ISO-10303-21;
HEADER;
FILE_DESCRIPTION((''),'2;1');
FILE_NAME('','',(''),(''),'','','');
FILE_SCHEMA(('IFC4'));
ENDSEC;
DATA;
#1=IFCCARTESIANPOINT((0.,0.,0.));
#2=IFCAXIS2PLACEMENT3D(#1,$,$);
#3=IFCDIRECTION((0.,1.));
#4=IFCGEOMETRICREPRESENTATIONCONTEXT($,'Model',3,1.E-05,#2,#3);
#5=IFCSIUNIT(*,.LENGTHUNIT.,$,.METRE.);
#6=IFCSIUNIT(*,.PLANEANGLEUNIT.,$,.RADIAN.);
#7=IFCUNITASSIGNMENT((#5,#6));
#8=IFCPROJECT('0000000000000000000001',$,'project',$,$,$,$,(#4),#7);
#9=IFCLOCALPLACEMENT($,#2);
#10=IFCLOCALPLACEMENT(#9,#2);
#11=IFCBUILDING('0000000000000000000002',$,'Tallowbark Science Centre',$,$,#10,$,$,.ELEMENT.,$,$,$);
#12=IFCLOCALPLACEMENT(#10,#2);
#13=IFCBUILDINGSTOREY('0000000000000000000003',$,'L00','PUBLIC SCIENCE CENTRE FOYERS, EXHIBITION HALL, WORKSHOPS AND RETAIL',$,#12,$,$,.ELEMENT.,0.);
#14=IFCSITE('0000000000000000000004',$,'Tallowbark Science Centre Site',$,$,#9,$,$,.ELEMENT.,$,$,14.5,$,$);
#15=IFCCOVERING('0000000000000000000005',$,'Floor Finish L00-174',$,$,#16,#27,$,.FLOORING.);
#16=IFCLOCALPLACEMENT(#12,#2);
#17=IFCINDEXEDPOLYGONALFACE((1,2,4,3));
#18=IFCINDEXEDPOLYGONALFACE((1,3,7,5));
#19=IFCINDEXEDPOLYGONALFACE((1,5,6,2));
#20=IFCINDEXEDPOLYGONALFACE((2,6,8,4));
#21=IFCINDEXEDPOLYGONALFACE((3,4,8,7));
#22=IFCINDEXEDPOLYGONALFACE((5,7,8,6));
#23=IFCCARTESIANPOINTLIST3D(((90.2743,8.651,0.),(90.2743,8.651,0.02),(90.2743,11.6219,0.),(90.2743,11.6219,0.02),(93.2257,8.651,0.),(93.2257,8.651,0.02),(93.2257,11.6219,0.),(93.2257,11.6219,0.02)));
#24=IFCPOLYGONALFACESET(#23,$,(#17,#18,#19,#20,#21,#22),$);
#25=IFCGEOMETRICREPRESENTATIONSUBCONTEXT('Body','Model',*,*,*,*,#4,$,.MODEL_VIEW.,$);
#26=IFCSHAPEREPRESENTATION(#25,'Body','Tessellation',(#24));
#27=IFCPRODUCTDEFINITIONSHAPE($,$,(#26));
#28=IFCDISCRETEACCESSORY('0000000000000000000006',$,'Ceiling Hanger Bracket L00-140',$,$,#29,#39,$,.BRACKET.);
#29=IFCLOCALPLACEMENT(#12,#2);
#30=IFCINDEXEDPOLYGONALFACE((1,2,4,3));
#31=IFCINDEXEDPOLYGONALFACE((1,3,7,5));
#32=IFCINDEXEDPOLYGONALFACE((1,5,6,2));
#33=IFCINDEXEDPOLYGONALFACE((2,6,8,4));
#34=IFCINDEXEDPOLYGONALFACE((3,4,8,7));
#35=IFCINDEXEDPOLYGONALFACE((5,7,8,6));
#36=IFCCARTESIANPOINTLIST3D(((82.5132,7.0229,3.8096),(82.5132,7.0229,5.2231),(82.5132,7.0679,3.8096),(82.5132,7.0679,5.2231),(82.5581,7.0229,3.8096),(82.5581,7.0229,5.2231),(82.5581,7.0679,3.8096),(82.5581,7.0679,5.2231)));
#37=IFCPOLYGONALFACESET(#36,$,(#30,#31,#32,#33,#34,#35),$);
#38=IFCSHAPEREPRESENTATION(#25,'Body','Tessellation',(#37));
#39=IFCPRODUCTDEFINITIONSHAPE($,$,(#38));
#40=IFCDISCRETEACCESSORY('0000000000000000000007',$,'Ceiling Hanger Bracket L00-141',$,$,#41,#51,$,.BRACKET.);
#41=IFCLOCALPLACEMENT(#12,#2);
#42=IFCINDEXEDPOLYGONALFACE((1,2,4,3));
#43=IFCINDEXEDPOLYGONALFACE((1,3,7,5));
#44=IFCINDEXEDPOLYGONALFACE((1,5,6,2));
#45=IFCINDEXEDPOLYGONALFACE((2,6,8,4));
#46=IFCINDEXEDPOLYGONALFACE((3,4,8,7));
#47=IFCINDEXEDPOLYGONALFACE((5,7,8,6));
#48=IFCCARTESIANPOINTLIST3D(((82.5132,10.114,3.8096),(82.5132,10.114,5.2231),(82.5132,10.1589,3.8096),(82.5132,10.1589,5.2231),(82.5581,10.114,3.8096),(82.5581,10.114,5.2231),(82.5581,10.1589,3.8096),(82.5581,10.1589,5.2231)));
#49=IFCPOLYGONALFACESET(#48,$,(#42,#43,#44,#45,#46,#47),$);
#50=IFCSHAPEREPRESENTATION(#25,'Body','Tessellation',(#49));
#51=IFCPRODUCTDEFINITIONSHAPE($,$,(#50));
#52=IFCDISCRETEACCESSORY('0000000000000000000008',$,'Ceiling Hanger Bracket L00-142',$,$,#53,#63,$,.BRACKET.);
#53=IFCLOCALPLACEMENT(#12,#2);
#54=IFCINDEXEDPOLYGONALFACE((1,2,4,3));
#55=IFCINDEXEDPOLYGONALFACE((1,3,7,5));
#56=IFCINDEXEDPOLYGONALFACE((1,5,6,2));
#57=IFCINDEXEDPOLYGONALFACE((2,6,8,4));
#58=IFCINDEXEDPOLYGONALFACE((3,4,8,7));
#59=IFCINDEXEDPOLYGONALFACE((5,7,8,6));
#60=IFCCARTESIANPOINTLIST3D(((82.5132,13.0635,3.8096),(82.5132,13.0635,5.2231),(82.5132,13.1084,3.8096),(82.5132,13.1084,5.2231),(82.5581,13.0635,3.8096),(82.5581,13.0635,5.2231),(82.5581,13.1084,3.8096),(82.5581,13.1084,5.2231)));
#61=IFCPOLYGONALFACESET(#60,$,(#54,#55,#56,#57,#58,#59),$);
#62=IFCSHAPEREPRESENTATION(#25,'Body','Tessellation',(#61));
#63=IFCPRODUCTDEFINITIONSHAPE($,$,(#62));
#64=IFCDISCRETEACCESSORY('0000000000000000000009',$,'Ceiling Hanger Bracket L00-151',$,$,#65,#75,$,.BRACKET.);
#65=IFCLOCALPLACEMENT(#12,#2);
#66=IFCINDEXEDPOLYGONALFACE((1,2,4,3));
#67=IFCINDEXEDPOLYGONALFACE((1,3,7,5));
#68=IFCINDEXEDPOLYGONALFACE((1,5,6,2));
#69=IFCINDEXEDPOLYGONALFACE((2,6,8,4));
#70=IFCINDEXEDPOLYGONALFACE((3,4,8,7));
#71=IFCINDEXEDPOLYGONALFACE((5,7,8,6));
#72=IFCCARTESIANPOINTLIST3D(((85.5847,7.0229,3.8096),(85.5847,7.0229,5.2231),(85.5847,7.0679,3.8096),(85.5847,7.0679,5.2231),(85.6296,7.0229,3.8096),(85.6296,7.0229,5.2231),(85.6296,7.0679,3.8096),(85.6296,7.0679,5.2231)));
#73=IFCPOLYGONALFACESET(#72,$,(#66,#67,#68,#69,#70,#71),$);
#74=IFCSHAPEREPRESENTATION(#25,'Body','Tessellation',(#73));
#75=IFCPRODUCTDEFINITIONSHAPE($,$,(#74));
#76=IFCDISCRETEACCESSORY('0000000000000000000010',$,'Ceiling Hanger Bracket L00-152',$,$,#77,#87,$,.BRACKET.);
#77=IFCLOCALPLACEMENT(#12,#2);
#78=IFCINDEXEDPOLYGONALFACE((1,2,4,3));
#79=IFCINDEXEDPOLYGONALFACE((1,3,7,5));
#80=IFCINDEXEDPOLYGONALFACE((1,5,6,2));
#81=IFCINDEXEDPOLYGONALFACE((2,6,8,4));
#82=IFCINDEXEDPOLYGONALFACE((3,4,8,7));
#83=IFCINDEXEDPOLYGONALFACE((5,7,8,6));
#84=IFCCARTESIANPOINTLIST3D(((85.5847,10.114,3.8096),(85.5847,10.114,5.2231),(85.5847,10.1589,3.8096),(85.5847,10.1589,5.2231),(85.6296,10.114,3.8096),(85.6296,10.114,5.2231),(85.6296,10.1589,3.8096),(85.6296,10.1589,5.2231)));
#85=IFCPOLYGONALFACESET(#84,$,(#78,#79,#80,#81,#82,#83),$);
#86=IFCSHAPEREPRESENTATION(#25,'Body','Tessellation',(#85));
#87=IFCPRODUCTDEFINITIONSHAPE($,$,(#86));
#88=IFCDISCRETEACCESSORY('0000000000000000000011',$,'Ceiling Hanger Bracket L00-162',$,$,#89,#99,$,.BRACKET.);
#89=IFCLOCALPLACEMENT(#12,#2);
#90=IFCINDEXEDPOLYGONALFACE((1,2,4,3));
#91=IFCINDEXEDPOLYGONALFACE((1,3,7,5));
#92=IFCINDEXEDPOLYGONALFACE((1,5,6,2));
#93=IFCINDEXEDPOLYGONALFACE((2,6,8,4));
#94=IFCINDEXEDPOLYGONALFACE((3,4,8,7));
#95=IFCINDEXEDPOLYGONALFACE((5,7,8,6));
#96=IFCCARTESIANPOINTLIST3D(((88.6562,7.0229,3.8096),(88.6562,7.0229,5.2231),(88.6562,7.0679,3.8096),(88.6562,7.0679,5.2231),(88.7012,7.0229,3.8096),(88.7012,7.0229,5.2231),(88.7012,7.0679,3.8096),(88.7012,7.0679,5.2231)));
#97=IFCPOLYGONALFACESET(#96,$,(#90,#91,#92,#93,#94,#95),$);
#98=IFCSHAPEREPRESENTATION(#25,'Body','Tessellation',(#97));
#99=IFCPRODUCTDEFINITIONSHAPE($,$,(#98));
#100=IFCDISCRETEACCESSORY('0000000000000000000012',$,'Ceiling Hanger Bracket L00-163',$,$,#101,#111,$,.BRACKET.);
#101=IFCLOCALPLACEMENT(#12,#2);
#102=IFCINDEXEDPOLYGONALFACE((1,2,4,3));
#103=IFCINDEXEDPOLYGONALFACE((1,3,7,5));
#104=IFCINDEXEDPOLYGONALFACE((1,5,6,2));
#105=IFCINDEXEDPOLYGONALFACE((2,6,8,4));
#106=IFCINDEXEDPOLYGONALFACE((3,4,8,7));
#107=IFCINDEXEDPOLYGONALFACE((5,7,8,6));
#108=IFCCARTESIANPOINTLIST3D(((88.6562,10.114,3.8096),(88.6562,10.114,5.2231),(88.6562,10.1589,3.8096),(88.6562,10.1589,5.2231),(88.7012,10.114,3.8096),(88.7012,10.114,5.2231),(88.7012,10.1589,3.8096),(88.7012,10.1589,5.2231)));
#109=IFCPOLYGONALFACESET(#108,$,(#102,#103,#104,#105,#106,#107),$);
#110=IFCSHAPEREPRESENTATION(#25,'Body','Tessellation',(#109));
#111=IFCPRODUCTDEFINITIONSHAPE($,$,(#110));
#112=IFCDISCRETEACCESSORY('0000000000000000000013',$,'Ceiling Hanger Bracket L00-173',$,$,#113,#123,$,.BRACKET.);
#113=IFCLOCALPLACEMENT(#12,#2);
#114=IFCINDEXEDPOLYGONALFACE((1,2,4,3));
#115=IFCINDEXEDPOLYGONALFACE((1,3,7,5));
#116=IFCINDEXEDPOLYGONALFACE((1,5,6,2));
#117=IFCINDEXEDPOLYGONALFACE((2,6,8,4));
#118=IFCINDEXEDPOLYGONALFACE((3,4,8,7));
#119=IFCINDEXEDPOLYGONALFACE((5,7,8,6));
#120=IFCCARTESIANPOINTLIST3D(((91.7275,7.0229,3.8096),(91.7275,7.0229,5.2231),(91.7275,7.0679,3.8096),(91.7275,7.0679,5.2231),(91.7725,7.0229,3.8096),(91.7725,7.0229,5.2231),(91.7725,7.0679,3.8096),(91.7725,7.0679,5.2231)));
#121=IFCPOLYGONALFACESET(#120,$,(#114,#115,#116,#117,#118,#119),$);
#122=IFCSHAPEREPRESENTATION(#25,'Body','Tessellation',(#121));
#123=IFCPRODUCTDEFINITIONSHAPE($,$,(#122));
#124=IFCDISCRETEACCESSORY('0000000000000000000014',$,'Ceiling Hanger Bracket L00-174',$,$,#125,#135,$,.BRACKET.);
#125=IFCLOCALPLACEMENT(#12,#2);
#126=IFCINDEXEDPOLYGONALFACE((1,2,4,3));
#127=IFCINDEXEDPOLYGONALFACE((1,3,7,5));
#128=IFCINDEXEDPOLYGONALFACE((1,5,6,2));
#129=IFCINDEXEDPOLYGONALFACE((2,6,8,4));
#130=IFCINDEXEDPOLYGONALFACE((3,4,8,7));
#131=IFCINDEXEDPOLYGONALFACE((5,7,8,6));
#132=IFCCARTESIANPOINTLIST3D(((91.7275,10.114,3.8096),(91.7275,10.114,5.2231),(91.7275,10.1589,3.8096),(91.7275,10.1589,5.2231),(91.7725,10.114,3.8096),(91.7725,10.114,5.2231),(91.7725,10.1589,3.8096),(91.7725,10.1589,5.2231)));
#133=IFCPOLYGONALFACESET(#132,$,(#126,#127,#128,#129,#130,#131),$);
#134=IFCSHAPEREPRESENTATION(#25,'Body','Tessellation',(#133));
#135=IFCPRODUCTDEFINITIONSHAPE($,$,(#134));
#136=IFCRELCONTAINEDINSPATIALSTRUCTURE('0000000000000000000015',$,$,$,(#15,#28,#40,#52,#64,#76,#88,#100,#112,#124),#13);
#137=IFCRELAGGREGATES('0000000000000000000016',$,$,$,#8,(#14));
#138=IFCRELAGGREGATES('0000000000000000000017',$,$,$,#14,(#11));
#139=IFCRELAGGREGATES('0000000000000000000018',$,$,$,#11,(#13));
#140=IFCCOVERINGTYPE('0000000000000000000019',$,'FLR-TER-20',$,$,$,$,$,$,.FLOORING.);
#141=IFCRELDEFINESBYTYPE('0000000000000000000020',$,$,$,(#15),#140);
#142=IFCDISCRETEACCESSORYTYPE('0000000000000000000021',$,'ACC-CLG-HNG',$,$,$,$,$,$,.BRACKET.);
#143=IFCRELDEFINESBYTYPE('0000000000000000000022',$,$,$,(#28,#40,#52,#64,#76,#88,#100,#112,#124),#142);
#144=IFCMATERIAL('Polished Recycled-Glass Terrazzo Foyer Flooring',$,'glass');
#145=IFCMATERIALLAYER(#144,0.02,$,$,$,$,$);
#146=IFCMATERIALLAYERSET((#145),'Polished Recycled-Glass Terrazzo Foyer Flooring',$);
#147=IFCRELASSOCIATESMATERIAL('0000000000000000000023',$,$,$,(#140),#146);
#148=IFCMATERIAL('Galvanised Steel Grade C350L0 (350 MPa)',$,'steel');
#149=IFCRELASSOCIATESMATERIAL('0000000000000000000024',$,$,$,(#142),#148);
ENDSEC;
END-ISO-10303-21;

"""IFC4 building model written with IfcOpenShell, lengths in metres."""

from ifc_helpers import new_model, si_unit, direction, frame, origin, origin_2d, place, context, subcontext, project, spatial, rectangle, extrude, material, layer, layer_set, type_object, element, save


model = new_model("IFC4")

# Units and contexts
model_context = context("Model", 3, precision=1e-05, world=origin(), true_north=direction((0.0, 1.0)))
body_context = subcontext(model_context, "Body", "Model", "MODEL_VIEW")
ifc_project = project(units=[si_unit("LENGTHUNIT", "METRE"), si_unit("PLANEANGLEUNIT", "RADIAN")], contexts=[model_context])

# Site, building, storey
site_placement = place(None, origin())
site = spatial("IfcSite", under=ifc_project, at=site_placement, Name="Tallowbark Science Centre Site", CompositionType="ELEMENT", RefElevation=14.5)
building_placement = place(site_placement, origin())
building = spatial("IfcBuilding", under=site, at=building_placement, Name="Tallowbark Science Centre", CompositionType="ELEMENT")
storey_placement = place(building_placement, origin())
storey = spatial("IfcBuildingStorey", under=building, at=storey_placement, Name="L00", Description="PUBLIC SCIENCE CENTRE FOYERS, EXHIBITION HALL, WORKSHOPS AND RETAIL", CompositionType="ELEMENT", Elevation=0.0)

# Covering
ifc_material_1 = material(Name="Polished Recycled-Glass Terrazzo Foyer Flooring", Category="glass")
ifc_layer_1 = layer(ifc_material_1, 0.02)
ifc_layer_set_1 = layer_set([ifc_layer_1], Name="Polished Recycled-Glass Terrazzo Foyer Flooring")
covering_type_1 = type_object("IfcCoveringType", Name="FLR-TER-20", PredefinedType="FLOORING", material=ifc_layer_set_1)
for number, where, z_axis, x_axis, name in (
    (1, (91.75, 10.1365, 0.0), (0.0, 0.0, 1.0), (1.0, 0.0, 0.0), "Floor Finish L00-174"),
):
    element("IfcCovering", number, at=place(storey_placement, frame(where, z_axis=z_axis, x_axis=x_axis)), inside=storey, type_object=covering_type_1, Name=name, PredefinedType="FLOORING", context=body_context, shape_type="SweptSolid", body=[
        extrude(rectangle(XDim=2.9514, YDim=2.9709, at=origin_2d()), origin(), (0.0, 0.0, 1.0), 0.02),
    ])

# Discrete accessories
ifc_material_2 = material(Name="Galvanised Steel Grade C350L0 (350 MPa)", Category="steel")
discrete_accessory_type = type_object("IfcDiscreteAccessoryType", Name="ACC-CLG-HNG", PredefinedType="BRACKET", material=ifc_material_2)
for number, where, z_axis, x_axis, name in (
    (2, (82.5356, 7.0454, 3.8096), (0.0, 0.0, 1.0), (1.0, 0.0, 0.0), "Ceiling Hanger Bracket L00-140"),
    (3, (82.5356, 10.1365, 3.8096), (0.0, 0.0, 1.0), (1.0, 0.0, 0.0), "Ceiling Hanger Bracket L00-141"),
    (4, (82.5356, 13.0859, 3.8096), (0.0, 0.0, 1.0), (1.0, 0.0, 0.0), "Ceiling Hanger Bracket L00-142"),
    (5, (85.6072, 7.0454, 3.8096), (0.0, 0.0, 1.0), (1.0, 0.0, 0.0), "Ceiling Hanger Bracket L00-151"),
    (6, (85.6072, 10.1365, 3.8096), (0.0, 0.0, 1.0), (1.0, 0.0, 0.0), "Ceiling Hanger Bracket L00-152"),
    (7, (88.6787, 7.0454, 3.8096), (0.0, 0.0, 1.0), (1.0, 0.0, 0.0), "Ceiling Hanger Bracket L00-162"),
    (8, (88.6787, 10.1365, 3.8096), (0.0, 0.0, 1.0), (1.0, 0.0, 0.0), "Ceiling Hanger Bracket L00-163"),
    (9, (91.75, 7.0454, 3.8096), (0.0, 0.0, 1.0), (1.0, 0.0, 0.0), "Ceiling Hanger Bracket L00-173"),
    (10, (91.75, 10.1365, 3.8096), (0.0, 0.0, 1.0), (1.0, 0.0, 0.0), "Ceiling Hanger Bracket L00-174"),
):
    element("IfcDiscreteAccessory", number, at=place(storey_placement, frame(where, z_axis=z_axis, x_axis=x_axis)), inside=storey, type_object=discrete_accessory_type, Name=name, PredefinedType="BRACKET", context=body_context, shape_type="SweptSolid", body=[
        extrude(rectangle(XDim=0.0449, YDim=0.0449, at=origin_2d()), origin(), (0.0, 0.0, 1.0), 1.4136),
    ])

save(model, "model.ifc")
